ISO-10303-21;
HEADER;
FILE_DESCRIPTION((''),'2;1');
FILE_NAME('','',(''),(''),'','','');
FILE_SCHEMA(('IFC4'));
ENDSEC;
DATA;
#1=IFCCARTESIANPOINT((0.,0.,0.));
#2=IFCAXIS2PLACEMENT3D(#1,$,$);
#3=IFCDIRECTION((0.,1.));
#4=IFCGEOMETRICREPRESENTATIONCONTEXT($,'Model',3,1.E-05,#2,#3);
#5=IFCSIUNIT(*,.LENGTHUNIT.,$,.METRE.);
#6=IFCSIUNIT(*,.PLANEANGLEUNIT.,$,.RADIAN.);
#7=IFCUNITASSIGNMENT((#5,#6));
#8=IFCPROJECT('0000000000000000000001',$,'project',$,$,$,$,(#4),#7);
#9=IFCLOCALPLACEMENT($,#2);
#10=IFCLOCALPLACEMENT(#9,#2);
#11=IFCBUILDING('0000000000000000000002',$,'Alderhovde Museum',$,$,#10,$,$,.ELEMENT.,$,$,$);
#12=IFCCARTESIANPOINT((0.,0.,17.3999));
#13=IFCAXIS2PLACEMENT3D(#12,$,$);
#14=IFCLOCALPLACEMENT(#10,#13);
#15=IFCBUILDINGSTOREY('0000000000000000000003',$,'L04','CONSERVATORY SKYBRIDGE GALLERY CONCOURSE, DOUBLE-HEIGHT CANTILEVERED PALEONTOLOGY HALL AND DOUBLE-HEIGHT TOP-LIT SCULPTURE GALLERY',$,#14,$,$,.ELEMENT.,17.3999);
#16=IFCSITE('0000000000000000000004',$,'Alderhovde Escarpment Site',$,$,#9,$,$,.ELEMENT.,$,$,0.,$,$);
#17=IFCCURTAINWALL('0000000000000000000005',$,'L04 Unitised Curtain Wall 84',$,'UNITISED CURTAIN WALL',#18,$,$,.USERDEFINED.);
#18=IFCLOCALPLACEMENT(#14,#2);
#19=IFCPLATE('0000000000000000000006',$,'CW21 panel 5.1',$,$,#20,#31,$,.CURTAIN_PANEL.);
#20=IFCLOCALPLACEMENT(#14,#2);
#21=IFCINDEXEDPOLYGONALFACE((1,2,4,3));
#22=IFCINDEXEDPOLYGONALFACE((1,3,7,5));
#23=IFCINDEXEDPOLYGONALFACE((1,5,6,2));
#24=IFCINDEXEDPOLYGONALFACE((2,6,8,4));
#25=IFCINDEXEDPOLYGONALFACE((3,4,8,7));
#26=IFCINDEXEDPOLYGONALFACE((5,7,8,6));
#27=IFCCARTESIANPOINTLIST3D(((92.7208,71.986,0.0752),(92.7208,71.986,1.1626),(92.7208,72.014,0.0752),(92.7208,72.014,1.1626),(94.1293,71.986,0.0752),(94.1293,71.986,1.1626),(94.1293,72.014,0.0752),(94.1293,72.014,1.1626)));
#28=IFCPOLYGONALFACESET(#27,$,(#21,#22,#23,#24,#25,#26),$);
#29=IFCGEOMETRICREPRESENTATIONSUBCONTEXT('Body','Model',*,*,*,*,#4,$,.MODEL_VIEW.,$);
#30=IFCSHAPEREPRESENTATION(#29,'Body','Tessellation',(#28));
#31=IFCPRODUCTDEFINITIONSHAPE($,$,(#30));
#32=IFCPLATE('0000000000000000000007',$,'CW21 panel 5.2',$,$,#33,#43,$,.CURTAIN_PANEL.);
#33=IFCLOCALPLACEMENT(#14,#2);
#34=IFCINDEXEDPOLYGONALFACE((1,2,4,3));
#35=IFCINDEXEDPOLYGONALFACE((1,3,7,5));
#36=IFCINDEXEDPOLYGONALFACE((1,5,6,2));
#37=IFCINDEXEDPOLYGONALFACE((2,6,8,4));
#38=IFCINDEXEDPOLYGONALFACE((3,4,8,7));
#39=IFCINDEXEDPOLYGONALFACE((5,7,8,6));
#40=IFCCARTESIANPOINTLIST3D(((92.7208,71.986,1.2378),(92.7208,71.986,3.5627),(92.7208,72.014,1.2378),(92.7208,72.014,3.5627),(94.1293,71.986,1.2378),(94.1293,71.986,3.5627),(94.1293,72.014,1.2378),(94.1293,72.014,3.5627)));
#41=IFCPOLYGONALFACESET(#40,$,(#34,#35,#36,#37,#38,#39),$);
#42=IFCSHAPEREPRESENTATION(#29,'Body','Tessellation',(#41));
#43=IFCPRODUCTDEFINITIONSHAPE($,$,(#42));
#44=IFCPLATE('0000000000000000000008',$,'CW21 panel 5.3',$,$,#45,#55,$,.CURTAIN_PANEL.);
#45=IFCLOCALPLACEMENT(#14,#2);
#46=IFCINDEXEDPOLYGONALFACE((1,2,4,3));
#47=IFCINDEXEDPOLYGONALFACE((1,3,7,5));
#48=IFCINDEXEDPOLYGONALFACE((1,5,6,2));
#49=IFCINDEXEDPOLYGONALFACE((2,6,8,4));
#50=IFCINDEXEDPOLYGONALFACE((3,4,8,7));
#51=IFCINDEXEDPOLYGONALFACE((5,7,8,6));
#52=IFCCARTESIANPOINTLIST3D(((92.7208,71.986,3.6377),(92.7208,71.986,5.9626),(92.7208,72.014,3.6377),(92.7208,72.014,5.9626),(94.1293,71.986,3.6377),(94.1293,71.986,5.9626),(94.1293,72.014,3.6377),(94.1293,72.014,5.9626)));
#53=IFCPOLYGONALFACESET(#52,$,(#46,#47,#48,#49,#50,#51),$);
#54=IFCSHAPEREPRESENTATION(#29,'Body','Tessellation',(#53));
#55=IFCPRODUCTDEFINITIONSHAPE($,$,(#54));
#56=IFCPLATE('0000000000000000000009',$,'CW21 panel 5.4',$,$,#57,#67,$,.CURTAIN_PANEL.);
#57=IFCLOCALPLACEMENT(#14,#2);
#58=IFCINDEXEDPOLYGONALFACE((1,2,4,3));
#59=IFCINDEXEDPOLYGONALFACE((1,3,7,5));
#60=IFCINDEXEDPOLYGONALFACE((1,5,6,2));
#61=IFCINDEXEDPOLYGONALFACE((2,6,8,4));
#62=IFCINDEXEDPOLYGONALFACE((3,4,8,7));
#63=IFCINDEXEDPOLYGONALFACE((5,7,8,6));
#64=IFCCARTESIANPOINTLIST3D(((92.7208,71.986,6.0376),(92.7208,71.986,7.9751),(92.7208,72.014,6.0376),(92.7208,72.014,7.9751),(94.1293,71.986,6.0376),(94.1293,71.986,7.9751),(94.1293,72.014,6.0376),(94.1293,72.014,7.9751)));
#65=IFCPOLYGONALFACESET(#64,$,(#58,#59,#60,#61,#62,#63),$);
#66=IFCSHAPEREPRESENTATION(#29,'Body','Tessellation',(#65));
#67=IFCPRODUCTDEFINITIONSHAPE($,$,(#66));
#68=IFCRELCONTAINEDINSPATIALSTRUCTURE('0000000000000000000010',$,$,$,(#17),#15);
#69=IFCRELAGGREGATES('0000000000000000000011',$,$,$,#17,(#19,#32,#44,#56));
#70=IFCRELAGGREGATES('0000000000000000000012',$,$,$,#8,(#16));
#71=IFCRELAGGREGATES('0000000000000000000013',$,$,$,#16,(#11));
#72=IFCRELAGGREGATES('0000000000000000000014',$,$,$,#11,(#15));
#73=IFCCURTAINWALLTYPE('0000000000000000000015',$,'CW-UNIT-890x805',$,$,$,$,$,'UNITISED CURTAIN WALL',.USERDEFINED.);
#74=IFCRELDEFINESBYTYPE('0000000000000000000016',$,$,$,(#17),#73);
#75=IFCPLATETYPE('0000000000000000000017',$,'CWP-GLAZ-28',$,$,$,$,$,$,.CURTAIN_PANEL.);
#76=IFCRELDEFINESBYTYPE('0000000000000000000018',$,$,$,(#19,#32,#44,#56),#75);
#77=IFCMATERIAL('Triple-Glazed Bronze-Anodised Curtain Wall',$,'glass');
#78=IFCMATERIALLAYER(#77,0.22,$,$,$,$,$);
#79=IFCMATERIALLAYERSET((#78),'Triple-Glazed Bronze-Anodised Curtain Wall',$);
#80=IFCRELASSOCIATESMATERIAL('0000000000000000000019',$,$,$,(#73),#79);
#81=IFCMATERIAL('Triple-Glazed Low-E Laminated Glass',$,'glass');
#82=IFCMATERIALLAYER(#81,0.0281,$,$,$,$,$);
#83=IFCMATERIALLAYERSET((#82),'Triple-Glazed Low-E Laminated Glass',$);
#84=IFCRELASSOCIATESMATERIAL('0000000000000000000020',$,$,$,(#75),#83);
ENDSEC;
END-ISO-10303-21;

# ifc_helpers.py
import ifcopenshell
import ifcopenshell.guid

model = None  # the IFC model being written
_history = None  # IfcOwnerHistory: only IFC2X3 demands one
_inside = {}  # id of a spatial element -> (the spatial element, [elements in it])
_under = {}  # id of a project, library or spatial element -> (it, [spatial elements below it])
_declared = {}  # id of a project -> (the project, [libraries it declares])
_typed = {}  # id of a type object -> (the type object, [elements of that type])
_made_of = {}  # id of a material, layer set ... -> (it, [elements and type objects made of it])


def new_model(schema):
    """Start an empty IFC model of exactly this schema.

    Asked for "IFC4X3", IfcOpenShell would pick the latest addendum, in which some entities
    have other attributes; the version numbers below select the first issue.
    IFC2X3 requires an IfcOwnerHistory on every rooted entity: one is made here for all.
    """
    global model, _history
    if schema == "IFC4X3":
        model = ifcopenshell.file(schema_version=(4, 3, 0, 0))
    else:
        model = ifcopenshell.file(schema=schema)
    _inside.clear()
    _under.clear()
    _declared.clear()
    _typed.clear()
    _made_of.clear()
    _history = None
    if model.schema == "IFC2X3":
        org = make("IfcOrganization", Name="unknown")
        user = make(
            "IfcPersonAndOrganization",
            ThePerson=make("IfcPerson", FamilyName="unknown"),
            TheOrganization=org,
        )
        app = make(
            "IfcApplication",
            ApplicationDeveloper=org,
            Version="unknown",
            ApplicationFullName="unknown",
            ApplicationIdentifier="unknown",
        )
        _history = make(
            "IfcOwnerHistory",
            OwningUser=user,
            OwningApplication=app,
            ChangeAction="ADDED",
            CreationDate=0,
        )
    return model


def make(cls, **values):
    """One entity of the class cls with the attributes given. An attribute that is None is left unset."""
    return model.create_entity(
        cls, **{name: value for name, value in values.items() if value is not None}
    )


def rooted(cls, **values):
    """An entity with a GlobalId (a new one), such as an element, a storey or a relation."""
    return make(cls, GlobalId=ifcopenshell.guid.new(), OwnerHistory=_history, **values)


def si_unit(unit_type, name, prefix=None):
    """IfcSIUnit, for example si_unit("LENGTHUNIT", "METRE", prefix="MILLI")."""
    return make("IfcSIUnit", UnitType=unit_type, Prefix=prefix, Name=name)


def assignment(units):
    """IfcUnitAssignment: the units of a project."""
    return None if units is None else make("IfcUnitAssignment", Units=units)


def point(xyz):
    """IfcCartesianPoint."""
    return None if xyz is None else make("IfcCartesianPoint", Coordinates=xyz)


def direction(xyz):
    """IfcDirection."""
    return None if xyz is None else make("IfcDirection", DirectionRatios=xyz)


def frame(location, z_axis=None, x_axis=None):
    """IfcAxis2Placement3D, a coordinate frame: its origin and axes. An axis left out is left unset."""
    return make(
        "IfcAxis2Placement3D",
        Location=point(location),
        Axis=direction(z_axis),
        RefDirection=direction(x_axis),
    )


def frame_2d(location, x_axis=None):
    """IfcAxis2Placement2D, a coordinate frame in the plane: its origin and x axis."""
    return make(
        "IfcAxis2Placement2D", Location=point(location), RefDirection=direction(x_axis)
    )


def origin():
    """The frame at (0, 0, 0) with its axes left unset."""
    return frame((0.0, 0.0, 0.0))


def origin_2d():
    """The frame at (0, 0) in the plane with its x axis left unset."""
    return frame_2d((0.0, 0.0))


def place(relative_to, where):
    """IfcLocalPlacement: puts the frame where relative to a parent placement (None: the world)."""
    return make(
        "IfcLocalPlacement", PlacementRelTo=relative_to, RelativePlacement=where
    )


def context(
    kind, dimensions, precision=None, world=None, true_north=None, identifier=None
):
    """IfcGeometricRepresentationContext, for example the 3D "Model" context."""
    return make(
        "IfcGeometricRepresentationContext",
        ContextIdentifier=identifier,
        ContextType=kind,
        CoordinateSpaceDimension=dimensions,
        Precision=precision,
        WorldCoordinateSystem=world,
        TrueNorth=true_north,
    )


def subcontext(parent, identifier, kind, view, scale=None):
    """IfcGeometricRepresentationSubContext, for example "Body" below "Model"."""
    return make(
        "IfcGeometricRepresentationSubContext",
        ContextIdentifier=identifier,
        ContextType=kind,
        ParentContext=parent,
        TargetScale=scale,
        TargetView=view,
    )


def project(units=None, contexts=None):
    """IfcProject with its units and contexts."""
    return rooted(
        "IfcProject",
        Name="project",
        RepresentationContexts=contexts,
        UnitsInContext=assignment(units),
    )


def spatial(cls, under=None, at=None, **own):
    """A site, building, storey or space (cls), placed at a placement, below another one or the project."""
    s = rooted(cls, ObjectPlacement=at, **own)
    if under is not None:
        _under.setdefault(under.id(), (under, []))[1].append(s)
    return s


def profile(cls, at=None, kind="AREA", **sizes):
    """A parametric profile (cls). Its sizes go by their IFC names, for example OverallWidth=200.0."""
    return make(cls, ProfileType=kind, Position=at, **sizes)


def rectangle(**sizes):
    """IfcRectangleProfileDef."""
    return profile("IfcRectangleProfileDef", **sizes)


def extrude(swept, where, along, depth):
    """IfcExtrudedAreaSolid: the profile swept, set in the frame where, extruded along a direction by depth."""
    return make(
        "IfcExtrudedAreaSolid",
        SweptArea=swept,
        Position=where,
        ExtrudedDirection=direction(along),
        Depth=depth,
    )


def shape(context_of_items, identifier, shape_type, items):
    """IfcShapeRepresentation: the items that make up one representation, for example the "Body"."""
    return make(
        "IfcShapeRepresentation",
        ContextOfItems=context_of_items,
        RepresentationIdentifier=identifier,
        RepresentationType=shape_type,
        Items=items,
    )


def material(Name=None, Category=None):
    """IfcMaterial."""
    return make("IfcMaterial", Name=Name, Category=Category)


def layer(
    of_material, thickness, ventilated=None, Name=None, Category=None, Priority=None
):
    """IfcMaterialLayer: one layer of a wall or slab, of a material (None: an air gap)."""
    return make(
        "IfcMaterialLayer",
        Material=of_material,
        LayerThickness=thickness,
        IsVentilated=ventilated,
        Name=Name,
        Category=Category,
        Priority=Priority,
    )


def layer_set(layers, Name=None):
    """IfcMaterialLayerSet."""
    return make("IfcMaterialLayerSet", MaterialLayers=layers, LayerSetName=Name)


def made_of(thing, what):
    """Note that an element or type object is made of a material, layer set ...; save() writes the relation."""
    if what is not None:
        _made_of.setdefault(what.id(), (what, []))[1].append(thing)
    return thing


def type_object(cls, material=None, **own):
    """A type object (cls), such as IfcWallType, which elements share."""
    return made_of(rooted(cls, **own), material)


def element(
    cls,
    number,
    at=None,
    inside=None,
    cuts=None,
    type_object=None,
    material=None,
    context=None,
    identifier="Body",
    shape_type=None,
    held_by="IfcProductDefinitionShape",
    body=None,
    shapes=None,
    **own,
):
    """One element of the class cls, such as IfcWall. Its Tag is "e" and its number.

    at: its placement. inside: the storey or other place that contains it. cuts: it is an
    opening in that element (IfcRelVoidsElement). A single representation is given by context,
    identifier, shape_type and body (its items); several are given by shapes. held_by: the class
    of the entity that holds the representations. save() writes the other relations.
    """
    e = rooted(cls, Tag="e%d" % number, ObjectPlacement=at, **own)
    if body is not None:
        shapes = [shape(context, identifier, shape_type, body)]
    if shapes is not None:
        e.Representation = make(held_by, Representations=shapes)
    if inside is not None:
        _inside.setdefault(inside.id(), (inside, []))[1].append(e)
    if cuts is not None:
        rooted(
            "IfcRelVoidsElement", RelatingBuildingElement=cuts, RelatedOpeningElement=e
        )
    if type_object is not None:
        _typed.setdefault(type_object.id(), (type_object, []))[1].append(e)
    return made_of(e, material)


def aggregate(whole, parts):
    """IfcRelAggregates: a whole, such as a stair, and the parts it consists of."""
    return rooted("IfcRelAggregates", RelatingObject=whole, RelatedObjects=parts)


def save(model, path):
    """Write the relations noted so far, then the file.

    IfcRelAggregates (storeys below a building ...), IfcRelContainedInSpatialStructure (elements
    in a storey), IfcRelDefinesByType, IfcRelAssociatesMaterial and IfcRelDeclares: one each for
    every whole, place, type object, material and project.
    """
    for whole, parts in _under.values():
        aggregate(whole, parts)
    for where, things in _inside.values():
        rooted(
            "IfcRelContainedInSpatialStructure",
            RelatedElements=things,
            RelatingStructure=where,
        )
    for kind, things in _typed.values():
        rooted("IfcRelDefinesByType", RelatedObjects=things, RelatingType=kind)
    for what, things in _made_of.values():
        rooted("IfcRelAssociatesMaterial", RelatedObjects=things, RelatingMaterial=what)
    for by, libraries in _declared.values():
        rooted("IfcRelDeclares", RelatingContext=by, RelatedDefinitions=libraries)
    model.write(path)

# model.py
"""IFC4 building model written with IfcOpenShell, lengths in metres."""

from ifc_helpers import new_model, si_unit, direction, frame, origin, origin_2d, place, context, subcontext, project, spatial, rectangle, extrude, material, layer, layer_set, type_object, element, aggregate, save


model = new_model("IFC4")

# Units and contexts
model_context = context("Model", 3, precision=1e-05, world=origin(), true_north=direction((0.0, 1.0)))
body_context = subcontext(model_context, "Body", "Model", "MODEL_VIEW")
ifc_project = project(units=[si_unit("LENGTHUNIT", "METRE"), si_unit("PLANEANGLEUNIT", "RADIAN")], contexts=[model_context])

# Site, building, storey
site_placement = place(None, origin())
site = spatial("IfcSite", under=ifc_project, at=site_placement, Name="Alderhovde Escarpment Site", CompositionType="ELEMENT", RefElevation=0.0)
building_placement = place(site_placement, origin())
building = spatial("IfcBuilding", under=site, at=building_placement, Name="Alderhovde Museum", CompositionType="ELEMENT")
storey_placement = place(building_placement, frame((0.0, 0.0, 17.3999)))
storey = spatial("IfcBuildingStorey", under=building, at=storey_placement, Name="L04", Description="CONSERVATORY SKYBRIDGE GALLERY CONCOURSE, DOUBLE-HEIGHT CANTILEVERED PALEONTOLOGY HALL AND DOUBLE-HEIGHT TOP-LIT SCULPTURE GALLERY", CompositionType="ELEMENT", Elevation=17.3999)

# Curtain wall, plates
ifc_material_1 = material(Name="Triple-Glazed Bronze-Anodised Curtain Wall", Category="glass")
ifc_layer_1 = layer(ifc_material_1, 0.22)
ifc_layer_set_1 = layer_set([ifc_layer_1], Name="Triple-Glazed Bronze-Anodised Curtain Wall")
curtain_wall_type = type_object("IfcCurtainWallType", Name="CW-UNIT-890x805", ElementType="UNITISED CURTAIN WALL", PredefinedType="USERDEFINED", material=ifc_layer_set_1)
curtain_wall_placement = place(storey_placement, origin())
curtain_wall = element("IfcCurtainWall", 1, at=curtain_wall_placement, inside=storey, type_object=curtain_wall_type, Name="L04 Unitised Curtain Wall 84", ObjectType="UNITISED CURTAIN WALL", PredefinedType="USERDEFINED")
ifc_material_2 = material(Name="Triple-Glazed Low-E Laminated Glass", Category="glass")
ifc_layer_2 = layer(ifc_material_2, 0.0281)
ifc_layer_set_2 = layer_set([ifc_layer_2], Name="Triple-Glazed Low-E Laminated Glass")
plate_type = type_object("IfcPlateType", Name="CWP-GLAZ-28", PredefinedType="CURTAIN_PANEL", material=ifc_layer_set_2)
plate_1_placement = place(storey_placement, frame((93.425, 72.0, 0.0752), z_axis=(0.0, 0.0, 1.0), x_axis=(1.0, 0.0, 0.0)))
plate_1 = element("IfcPlate", 2, at=plate_1_placement, type_object=plate_type, Name="CW21 panel 5.1", PredefinedType="CURTAIN_PANEL", context=body_context, shape_type="SweptSolid", body=[
    extrude(rectangle(XDim=1.4084, YDim=0.0281, at=origin_2d()), origin(), (0.0, 0.0, 1.0), 1.0874),
])
plate_2_placement = place(storey_placement, frame((93.425, 72.0, 1.2378), z_axis=(0.0, 0.0, 1.0), x_axis=(1.0, 0.0, 0.0)))
plate_2 = element("IfcPlate", 3, at=plate_2_placement, type_object=plate_type, Name="CW21 panel 5.2", PredefinedType="CURTAIN_PANEL", context=body_context, shape_type="SweptSolid", body=[
    extrude(rectangle(XDim=1.4084, YDim=0.0281, at=origin_2d()), origin(), (0.0, 0.0, 1.0), 2.325),
])
plate_3_placement = place(storey_placement, frame((93.425, 72.0, 3.6377), z_axis=(0.0, 0.0, 1.0), x_axis=(1.0, 0.0, 0.0)))
plate_3 = element("IfcPlate", 4, at=plate_3_placement, type_object=plate_type, Name="CW21 panel 5.3", PredefinedType="CURTAIN_PANEL", context=body_context, shape_type="SweptSolid", body=[
    extrude(rectangle(XDim=1.4084, YDim=0.0281, at=origin_2d()), origin(), (0.0, 0.0, 1.0), 2.325),
])
plate_4_placement = place(storey_placement, frame((93.425, 72.0, 6.0376), z_axis=(0.0, 0.0, 1.0), x_axis=(1.0, 0.0, 0.0)))
plate_4 = element("IfcPlate", 5, at=plate_4_placement, type_object=plate_type, Name="CW21 panel 5.4", PredefinedType="CURTAIN_PANEL", context=body_context, shape_type="SweptSolid", body=[
    extrude(rectangle(XDim=1.4084, YDim=0.0281, at=origin_2d()), origin(), (0.0, 0.0, 1.0), 1.9375),
])
aggregate(curtain_wall, [plate_1, plate_2, plate_3, plate_4])

save(model, "model.ifc")
